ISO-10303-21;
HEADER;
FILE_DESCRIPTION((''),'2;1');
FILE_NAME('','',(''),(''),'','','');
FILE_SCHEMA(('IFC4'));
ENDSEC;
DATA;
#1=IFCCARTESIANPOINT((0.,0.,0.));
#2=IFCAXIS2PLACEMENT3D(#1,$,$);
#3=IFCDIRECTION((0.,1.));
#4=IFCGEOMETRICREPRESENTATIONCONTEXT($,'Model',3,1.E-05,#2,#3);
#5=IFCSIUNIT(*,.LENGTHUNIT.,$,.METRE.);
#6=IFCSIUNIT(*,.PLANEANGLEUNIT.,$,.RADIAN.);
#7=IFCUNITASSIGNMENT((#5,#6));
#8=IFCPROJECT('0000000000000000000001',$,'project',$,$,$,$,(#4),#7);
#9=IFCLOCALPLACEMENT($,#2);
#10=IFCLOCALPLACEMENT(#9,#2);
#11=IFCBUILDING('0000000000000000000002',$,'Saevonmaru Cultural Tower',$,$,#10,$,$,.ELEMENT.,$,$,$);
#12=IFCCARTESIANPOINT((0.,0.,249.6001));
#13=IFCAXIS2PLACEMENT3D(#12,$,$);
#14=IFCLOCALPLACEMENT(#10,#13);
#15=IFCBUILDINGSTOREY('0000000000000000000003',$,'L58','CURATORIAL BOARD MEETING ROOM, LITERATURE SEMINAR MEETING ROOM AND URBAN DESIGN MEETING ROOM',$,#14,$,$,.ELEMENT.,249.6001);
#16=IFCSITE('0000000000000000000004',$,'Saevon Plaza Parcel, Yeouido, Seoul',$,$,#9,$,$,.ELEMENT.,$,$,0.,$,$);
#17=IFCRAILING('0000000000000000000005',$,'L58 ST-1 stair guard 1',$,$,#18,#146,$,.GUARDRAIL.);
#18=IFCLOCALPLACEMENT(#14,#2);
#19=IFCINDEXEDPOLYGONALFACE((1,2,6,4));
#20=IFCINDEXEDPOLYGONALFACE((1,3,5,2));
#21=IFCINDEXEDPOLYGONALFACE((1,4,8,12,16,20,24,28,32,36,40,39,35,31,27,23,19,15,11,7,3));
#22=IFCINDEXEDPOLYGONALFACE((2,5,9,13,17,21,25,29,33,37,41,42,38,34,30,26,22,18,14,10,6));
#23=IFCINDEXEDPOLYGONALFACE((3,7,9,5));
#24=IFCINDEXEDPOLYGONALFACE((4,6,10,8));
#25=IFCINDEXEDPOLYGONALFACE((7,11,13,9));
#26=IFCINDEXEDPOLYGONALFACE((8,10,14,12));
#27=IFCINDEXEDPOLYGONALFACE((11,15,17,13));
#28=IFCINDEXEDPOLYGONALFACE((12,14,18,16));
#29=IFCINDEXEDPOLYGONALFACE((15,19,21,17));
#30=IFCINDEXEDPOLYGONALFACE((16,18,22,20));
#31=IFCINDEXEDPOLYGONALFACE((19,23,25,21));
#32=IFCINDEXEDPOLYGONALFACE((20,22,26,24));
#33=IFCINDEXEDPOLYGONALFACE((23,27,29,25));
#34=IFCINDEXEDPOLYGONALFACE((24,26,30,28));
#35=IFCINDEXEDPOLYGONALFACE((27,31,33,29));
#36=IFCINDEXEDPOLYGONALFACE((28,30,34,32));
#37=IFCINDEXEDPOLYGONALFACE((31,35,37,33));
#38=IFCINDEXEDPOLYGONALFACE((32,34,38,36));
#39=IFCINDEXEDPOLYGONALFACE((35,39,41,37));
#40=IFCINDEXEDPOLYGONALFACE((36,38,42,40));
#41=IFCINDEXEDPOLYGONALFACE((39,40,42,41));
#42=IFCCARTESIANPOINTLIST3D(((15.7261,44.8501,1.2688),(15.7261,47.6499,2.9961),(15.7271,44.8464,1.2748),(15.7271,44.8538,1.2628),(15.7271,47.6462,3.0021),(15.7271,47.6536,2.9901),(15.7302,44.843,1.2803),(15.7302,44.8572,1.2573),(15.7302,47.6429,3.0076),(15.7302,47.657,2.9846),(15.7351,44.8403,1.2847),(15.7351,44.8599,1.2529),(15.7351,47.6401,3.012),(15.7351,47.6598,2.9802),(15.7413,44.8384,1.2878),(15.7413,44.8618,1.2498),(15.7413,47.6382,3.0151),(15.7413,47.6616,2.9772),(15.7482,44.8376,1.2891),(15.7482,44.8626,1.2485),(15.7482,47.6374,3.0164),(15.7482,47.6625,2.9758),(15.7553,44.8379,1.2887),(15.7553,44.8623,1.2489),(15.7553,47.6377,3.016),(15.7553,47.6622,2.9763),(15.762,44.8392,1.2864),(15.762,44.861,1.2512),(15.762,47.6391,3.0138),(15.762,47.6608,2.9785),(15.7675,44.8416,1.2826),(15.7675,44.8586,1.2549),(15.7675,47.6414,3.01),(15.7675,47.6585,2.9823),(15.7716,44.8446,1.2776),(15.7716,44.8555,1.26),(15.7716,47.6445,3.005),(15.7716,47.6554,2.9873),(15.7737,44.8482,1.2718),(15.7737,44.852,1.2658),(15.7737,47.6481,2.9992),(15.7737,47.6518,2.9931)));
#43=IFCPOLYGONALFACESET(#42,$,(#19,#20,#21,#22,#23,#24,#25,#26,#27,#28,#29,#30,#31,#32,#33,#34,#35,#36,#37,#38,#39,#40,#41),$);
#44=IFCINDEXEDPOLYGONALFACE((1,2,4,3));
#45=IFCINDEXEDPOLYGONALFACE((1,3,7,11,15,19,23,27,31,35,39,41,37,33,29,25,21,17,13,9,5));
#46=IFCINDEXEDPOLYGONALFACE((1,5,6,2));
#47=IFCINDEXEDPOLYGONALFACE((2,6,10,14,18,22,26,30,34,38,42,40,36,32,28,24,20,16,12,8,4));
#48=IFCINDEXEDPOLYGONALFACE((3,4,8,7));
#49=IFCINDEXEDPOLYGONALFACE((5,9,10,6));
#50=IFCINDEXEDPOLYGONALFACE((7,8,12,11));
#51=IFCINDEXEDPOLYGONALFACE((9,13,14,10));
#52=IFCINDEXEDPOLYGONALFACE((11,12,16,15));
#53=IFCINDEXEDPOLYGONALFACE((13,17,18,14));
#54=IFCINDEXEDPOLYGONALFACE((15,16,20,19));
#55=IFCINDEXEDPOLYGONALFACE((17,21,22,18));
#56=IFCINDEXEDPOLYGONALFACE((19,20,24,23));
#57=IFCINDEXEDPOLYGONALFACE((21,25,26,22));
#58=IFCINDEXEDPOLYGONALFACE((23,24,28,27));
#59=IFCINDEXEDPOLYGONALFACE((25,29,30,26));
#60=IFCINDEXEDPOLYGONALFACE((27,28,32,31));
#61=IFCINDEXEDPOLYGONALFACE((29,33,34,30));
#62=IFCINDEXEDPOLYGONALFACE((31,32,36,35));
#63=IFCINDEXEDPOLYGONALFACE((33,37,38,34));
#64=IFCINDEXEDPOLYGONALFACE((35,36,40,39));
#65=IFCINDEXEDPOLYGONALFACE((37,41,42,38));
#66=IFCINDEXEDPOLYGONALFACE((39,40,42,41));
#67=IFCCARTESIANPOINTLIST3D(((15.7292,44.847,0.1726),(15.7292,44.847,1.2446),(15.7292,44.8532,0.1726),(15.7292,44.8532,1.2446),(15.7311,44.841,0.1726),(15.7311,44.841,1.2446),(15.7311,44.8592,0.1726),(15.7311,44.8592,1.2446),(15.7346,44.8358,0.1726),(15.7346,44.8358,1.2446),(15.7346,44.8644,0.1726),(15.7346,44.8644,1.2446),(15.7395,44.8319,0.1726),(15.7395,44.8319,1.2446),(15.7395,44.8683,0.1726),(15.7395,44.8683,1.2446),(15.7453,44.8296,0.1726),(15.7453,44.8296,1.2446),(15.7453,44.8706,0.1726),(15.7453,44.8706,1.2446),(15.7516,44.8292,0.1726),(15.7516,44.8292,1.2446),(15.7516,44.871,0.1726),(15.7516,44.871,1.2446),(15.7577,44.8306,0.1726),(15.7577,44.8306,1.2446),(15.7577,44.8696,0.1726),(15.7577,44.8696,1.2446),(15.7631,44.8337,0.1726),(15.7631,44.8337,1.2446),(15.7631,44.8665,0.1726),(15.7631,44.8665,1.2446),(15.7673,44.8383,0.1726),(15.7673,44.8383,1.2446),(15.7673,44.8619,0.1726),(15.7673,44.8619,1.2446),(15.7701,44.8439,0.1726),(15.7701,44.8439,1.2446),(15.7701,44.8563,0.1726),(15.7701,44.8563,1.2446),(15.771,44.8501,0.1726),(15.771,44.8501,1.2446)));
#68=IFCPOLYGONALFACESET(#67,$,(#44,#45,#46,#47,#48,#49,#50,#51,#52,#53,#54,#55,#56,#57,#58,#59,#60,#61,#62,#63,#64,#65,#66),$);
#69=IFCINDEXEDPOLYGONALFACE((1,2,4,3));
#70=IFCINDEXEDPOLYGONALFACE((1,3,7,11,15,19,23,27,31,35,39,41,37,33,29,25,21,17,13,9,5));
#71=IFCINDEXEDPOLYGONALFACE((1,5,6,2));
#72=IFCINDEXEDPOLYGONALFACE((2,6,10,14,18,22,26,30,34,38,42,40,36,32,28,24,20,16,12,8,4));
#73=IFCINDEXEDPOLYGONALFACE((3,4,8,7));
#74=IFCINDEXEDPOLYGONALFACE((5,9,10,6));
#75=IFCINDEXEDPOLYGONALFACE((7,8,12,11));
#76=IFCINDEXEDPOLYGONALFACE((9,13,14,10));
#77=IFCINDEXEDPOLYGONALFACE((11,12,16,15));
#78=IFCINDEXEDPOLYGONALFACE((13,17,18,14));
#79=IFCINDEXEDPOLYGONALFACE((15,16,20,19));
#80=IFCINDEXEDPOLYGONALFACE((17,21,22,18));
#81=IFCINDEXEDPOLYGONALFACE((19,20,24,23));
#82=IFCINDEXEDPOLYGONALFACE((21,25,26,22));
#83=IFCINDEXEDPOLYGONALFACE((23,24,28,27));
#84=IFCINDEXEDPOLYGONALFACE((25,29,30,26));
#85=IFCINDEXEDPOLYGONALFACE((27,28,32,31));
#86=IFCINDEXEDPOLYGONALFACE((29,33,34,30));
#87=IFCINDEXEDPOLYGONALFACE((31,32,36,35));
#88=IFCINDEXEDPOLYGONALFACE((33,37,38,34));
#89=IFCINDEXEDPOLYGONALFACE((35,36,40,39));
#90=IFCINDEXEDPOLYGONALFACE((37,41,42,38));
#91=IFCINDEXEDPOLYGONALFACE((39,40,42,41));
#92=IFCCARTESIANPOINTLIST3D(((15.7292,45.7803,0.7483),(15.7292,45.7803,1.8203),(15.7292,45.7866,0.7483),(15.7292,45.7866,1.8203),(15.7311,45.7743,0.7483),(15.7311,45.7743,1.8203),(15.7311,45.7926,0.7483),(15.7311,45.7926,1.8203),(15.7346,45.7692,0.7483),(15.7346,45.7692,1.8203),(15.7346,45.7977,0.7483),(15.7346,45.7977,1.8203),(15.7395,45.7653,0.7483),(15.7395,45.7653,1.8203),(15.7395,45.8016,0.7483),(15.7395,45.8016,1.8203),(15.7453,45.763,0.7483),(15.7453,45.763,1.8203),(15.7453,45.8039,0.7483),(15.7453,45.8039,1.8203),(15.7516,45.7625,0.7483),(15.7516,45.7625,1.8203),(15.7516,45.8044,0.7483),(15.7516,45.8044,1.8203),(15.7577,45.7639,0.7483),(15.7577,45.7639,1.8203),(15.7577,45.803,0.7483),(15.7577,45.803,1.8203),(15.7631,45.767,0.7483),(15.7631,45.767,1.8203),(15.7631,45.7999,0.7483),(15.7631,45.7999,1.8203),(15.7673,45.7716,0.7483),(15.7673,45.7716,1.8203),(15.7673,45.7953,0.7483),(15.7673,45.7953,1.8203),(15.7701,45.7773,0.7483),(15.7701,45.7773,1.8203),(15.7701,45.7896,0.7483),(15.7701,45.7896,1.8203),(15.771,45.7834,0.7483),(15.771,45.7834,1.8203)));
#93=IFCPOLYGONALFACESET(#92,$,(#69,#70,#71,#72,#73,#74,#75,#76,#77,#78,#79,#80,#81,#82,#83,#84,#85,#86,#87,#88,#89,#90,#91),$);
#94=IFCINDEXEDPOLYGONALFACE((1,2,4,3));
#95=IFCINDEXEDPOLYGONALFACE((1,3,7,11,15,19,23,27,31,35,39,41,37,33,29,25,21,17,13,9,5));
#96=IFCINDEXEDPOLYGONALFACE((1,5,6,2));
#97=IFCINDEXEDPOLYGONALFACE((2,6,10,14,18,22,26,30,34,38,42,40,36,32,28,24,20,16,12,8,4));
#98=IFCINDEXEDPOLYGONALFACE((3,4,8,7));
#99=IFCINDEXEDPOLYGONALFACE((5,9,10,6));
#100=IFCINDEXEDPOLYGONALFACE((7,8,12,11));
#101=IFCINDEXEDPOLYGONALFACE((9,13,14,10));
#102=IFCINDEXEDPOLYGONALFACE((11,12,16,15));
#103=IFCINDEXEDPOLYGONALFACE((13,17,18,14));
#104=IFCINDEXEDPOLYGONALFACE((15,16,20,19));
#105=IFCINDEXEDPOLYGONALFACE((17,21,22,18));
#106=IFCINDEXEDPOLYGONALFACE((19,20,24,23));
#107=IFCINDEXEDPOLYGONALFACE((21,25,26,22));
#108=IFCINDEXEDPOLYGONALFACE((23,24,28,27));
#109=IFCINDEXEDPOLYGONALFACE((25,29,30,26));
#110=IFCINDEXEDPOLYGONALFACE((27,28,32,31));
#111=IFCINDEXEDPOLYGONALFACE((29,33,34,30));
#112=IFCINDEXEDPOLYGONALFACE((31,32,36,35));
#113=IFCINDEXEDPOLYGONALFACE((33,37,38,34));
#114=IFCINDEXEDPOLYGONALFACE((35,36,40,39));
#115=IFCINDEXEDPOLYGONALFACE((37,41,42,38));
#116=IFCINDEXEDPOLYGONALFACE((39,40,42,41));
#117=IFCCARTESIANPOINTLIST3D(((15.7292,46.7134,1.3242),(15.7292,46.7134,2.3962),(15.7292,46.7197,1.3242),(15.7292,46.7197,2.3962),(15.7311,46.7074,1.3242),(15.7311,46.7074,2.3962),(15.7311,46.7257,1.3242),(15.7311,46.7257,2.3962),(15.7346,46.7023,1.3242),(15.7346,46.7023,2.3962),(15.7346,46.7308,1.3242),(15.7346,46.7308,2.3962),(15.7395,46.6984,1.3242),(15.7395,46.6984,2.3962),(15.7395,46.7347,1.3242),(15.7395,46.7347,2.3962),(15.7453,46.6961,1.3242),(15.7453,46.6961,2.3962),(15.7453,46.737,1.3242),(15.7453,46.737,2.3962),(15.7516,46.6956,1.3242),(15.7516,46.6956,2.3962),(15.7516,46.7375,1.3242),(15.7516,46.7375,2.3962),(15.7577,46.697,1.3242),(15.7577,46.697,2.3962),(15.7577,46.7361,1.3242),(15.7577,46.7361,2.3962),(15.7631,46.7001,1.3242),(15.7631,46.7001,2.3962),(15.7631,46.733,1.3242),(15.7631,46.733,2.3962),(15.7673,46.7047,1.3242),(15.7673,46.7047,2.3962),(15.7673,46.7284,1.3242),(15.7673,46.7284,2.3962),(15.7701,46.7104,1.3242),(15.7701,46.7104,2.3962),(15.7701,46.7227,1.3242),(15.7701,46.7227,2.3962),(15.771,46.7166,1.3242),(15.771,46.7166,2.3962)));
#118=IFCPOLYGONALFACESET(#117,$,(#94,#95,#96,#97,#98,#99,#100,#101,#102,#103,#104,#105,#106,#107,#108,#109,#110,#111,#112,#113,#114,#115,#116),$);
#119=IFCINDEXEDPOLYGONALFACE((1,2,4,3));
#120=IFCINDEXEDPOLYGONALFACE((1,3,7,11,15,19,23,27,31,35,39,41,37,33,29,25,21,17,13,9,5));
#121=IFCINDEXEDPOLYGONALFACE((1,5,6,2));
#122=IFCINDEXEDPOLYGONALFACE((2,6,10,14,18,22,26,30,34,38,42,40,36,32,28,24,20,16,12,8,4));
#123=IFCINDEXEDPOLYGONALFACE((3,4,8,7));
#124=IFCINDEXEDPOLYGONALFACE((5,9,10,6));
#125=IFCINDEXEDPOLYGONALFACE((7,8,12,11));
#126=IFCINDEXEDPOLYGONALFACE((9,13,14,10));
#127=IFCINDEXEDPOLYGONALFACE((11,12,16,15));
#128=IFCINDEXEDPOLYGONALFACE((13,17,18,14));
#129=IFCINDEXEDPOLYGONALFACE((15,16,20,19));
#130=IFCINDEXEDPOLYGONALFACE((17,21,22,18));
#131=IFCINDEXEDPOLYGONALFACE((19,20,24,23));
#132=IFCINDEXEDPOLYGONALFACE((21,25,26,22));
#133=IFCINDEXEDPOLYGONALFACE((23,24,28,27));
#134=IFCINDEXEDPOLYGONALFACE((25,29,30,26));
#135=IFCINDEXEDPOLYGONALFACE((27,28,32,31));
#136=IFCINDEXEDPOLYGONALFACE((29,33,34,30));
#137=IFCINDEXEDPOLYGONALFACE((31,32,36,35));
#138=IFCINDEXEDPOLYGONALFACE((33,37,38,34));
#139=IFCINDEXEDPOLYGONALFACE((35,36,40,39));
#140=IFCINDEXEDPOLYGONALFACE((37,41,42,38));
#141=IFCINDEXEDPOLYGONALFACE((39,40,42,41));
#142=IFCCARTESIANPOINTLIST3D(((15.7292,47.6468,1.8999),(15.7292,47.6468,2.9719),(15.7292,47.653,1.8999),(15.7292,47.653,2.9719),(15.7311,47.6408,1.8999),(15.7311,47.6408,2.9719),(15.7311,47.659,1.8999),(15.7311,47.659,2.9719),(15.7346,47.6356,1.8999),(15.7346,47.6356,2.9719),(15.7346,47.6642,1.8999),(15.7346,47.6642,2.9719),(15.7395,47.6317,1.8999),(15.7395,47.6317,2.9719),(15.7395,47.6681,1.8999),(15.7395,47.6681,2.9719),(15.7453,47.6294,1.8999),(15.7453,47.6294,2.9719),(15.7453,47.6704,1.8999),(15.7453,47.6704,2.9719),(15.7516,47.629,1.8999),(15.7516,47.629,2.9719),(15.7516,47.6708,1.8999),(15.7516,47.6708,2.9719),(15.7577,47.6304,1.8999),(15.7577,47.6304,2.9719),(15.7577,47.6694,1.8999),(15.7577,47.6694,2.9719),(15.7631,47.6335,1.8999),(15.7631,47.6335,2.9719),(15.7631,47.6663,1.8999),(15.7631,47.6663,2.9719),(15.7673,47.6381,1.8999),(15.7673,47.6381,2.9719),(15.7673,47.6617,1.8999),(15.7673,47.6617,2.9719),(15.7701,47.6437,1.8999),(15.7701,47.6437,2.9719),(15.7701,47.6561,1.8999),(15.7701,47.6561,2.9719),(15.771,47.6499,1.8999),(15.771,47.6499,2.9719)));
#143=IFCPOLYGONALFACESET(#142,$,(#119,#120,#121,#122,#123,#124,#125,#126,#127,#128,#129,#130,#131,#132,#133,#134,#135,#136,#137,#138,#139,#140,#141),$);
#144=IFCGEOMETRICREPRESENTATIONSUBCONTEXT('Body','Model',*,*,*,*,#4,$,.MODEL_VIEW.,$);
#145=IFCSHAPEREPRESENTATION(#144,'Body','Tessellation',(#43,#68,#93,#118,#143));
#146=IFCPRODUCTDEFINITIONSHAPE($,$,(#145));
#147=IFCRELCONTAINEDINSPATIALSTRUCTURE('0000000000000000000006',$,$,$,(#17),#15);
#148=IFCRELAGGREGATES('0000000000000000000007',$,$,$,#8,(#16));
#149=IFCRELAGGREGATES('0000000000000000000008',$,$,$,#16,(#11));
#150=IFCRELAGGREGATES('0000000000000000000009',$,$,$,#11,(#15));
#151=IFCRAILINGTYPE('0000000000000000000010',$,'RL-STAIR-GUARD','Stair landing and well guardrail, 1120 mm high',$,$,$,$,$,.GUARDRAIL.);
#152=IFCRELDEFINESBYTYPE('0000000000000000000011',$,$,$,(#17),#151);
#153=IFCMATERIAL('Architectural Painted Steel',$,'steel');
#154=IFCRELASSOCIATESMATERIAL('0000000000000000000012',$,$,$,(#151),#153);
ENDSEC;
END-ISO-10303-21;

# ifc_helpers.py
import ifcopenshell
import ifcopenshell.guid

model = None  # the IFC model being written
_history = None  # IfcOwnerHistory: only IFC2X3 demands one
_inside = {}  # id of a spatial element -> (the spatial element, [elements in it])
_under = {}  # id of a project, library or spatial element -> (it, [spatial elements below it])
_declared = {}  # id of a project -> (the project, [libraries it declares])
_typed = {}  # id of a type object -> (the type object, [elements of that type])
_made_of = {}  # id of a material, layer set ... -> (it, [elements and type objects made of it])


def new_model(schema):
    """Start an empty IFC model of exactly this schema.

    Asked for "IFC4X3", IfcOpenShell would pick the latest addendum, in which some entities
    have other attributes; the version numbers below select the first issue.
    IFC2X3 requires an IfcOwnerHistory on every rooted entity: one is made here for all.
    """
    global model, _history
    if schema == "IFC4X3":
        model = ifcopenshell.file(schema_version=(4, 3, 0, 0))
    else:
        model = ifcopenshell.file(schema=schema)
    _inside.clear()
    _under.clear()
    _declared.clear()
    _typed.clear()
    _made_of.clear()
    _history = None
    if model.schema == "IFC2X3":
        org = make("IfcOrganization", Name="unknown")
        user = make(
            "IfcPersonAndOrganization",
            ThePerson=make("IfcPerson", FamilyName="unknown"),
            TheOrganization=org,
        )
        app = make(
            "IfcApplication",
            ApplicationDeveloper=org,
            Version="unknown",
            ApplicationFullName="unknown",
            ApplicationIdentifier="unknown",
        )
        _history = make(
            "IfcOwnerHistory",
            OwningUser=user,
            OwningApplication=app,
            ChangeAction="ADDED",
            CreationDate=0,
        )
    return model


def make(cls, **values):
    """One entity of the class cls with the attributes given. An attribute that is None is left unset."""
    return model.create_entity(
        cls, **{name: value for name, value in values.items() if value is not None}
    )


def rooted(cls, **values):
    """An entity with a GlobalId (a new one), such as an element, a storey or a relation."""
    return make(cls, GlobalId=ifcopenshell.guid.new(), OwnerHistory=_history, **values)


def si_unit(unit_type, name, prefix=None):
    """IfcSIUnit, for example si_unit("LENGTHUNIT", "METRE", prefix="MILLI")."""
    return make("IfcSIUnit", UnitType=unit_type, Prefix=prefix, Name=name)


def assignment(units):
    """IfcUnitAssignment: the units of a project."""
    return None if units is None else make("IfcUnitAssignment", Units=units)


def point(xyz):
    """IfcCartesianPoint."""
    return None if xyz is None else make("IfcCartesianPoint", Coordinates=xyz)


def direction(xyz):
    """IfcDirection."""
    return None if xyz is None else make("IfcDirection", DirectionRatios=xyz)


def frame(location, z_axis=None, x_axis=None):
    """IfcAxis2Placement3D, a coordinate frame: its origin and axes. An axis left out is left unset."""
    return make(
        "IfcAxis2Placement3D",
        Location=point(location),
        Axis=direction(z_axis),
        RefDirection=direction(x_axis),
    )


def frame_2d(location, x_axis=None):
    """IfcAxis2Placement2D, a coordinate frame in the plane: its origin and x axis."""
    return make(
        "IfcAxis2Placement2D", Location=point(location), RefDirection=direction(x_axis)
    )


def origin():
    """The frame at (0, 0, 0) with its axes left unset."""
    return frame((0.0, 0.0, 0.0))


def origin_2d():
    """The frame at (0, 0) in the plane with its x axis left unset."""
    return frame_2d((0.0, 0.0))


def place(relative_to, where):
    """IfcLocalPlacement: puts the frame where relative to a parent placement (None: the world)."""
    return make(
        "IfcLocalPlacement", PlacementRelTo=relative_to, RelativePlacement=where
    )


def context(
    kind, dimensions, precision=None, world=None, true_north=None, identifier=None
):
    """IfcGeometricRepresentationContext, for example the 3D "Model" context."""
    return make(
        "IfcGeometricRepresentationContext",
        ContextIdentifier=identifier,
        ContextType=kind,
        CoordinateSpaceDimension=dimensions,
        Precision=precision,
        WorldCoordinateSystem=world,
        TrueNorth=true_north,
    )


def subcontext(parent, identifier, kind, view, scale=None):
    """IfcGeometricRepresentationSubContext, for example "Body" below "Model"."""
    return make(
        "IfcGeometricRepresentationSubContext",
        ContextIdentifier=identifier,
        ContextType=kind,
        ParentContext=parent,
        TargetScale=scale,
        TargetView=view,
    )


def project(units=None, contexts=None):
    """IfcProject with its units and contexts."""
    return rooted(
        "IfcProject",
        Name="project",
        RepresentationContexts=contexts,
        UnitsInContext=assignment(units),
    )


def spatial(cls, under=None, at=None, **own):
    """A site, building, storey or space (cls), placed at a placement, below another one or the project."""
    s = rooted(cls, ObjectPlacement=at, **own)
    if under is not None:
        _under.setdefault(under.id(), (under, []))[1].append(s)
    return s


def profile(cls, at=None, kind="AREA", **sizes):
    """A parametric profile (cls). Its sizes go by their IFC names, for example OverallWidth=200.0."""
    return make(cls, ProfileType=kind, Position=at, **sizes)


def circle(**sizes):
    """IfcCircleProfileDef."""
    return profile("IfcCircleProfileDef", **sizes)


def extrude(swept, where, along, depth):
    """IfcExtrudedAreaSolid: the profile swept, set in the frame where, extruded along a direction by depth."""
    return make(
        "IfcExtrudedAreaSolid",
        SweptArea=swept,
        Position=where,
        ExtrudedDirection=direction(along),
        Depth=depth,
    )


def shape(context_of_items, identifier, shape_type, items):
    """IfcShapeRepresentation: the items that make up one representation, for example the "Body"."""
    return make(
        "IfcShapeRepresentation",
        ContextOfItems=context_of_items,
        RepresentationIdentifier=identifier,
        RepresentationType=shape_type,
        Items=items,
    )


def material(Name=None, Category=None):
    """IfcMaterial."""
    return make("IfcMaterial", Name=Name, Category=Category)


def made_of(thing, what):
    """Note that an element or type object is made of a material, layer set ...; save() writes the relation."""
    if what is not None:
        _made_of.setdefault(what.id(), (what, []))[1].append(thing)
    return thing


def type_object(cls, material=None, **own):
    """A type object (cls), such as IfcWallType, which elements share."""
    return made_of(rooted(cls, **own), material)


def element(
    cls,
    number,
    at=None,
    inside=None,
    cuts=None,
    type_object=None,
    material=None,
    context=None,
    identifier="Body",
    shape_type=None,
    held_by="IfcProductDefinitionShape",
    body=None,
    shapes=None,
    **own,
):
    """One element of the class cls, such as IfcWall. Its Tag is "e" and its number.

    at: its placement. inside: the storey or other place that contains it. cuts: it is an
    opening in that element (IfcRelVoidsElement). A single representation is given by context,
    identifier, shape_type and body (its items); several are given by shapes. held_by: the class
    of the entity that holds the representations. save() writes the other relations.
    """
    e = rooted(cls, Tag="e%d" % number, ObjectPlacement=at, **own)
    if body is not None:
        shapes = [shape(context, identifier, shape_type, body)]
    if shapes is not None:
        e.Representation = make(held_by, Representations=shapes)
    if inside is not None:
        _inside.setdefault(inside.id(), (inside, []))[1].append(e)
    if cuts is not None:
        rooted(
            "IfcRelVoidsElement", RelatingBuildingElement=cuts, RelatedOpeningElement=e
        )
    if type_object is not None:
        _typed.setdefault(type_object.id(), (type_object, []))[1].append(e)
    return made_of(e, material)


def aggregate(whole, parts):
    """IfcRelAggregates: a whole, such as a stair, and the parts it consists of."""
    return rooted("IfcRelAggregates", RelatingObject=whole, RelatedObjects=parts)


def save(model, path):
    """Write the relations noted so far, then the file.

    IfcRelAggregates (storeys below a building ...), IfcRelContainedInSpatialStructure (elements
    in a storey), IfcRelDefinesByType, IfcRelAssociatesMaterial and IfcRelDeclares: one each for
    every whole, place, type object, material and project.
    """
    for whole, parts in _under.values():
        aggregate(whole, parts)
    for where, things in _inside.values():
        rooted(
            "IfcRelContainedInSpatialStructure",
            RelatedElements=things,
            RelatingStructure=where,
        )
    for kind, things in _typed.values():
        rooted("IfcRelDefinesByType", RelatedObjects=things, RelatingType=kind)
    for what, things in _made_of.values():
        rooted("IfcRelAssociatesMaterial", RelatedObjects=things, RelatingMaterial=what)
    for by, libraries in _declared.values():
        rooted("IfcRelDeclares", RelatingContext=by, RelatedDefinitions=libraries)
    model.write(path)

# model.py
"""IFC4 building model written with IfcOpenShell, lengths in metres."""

from ifc_helpers import new_model, si_unit, direction, frame, origin, origin_2d, place, context, subcontext, project, spatial, circle, extrude, material, type_object, element, save


model = new_model("IFC4")

# Units and contexts
model_context = context("Model", 3, precision=1e-05, world=origin(), true_north=direction((0.0, 1.0)))
body_context = subcontext(model_context, "Body", "Model", "MODEL_VIEW")
ifc_project = project(units=[si_unit("LENGTHUNIT", "METRE"), si_unit("PLANEANGLEUNIT", "RADIAN")], contexts=[model_context])

# Site, building, storey
site_placement = place(None, origin())
site = spatial("IfcSite", under=ifc_project, at=site_placement, Name="Saevon Plaza Parcel, Yeouido, Seoul", CompositionType="ELEMENT", RefElevation=0.0)
building_placement = place(site_placement, origin())
building = spatial("IfcBuilding", under=site, at=building_placement, Name="Saevonmaru Cultural Tower", CompositionType="ELEMENT")
storey_placement = place(building_placement, frame((0.0, 0.0, 249.6001)))
storey = spatial("IfcBuildingStorey", under=building, at=storey_placement, Name="L58", Description="CURATORIAL BOARD MEETING ROOM, LITERATURE SEMINAR MEETING ROOM AND URBAN DESIGN MEETING ROOM", CompositionType="ELEMENT", Elevation=249.6001)

# Railing
ifc_material_1 = material(Name="Architectural Painted Steel", Category="steel")
railing_type_1 = type_object("IfcRailingType", Name="RL-STAIR-GUARD", Description="Stair landing and well guardrail, 1120 mm high", PredefinedType="GUARDRAIL", material=ifc_material_1)
railing_1_placement = place(storey_placement, frame((15.75, 44.8501, 0.1726)))
element("IfcRailing", 1, at=railing_1_placement, inside=storey, type_object=railing_type_1, Name="L58 ST-1 stair guard 1", PredefinedType="GUARDRAIL", context=body_context, shape_type="SweptSolid", body=[
    extrude(circle(Radius=0.0239, at=origin_2d()), frame((0.0, 0.0, 1.0962), z_axis=(0.0, 0.851069, 0.525054), x_axis=(-1.0, 0.0, 0.0)), (0.0, 0.0, 1.0), 3.2898),
    extrude(circle(Radius=0.021, at=origin_2d()), origin(), (0.0, 0.0, 1.0), 1.072),
    extrude(circle(Radius=0.021, at=origin_2d()), frame((0.0, 0.9333, 0.5757)), (0.0, 0.0, 1.0), 1.072),
    extrude(circle(Radius=0.021, at=origin_2d()), frame((0.0, 1.8665, 1.1516)), (0.0, 0.0, 1.0), 1.072),
    extrude(circle(Radius=0.021, at=origin_2d()), frame((0.0, 2.7998, 1.7273)), (0.0, 0.0, 1.0), 1.072),
])

save(model, "model.ifc")
